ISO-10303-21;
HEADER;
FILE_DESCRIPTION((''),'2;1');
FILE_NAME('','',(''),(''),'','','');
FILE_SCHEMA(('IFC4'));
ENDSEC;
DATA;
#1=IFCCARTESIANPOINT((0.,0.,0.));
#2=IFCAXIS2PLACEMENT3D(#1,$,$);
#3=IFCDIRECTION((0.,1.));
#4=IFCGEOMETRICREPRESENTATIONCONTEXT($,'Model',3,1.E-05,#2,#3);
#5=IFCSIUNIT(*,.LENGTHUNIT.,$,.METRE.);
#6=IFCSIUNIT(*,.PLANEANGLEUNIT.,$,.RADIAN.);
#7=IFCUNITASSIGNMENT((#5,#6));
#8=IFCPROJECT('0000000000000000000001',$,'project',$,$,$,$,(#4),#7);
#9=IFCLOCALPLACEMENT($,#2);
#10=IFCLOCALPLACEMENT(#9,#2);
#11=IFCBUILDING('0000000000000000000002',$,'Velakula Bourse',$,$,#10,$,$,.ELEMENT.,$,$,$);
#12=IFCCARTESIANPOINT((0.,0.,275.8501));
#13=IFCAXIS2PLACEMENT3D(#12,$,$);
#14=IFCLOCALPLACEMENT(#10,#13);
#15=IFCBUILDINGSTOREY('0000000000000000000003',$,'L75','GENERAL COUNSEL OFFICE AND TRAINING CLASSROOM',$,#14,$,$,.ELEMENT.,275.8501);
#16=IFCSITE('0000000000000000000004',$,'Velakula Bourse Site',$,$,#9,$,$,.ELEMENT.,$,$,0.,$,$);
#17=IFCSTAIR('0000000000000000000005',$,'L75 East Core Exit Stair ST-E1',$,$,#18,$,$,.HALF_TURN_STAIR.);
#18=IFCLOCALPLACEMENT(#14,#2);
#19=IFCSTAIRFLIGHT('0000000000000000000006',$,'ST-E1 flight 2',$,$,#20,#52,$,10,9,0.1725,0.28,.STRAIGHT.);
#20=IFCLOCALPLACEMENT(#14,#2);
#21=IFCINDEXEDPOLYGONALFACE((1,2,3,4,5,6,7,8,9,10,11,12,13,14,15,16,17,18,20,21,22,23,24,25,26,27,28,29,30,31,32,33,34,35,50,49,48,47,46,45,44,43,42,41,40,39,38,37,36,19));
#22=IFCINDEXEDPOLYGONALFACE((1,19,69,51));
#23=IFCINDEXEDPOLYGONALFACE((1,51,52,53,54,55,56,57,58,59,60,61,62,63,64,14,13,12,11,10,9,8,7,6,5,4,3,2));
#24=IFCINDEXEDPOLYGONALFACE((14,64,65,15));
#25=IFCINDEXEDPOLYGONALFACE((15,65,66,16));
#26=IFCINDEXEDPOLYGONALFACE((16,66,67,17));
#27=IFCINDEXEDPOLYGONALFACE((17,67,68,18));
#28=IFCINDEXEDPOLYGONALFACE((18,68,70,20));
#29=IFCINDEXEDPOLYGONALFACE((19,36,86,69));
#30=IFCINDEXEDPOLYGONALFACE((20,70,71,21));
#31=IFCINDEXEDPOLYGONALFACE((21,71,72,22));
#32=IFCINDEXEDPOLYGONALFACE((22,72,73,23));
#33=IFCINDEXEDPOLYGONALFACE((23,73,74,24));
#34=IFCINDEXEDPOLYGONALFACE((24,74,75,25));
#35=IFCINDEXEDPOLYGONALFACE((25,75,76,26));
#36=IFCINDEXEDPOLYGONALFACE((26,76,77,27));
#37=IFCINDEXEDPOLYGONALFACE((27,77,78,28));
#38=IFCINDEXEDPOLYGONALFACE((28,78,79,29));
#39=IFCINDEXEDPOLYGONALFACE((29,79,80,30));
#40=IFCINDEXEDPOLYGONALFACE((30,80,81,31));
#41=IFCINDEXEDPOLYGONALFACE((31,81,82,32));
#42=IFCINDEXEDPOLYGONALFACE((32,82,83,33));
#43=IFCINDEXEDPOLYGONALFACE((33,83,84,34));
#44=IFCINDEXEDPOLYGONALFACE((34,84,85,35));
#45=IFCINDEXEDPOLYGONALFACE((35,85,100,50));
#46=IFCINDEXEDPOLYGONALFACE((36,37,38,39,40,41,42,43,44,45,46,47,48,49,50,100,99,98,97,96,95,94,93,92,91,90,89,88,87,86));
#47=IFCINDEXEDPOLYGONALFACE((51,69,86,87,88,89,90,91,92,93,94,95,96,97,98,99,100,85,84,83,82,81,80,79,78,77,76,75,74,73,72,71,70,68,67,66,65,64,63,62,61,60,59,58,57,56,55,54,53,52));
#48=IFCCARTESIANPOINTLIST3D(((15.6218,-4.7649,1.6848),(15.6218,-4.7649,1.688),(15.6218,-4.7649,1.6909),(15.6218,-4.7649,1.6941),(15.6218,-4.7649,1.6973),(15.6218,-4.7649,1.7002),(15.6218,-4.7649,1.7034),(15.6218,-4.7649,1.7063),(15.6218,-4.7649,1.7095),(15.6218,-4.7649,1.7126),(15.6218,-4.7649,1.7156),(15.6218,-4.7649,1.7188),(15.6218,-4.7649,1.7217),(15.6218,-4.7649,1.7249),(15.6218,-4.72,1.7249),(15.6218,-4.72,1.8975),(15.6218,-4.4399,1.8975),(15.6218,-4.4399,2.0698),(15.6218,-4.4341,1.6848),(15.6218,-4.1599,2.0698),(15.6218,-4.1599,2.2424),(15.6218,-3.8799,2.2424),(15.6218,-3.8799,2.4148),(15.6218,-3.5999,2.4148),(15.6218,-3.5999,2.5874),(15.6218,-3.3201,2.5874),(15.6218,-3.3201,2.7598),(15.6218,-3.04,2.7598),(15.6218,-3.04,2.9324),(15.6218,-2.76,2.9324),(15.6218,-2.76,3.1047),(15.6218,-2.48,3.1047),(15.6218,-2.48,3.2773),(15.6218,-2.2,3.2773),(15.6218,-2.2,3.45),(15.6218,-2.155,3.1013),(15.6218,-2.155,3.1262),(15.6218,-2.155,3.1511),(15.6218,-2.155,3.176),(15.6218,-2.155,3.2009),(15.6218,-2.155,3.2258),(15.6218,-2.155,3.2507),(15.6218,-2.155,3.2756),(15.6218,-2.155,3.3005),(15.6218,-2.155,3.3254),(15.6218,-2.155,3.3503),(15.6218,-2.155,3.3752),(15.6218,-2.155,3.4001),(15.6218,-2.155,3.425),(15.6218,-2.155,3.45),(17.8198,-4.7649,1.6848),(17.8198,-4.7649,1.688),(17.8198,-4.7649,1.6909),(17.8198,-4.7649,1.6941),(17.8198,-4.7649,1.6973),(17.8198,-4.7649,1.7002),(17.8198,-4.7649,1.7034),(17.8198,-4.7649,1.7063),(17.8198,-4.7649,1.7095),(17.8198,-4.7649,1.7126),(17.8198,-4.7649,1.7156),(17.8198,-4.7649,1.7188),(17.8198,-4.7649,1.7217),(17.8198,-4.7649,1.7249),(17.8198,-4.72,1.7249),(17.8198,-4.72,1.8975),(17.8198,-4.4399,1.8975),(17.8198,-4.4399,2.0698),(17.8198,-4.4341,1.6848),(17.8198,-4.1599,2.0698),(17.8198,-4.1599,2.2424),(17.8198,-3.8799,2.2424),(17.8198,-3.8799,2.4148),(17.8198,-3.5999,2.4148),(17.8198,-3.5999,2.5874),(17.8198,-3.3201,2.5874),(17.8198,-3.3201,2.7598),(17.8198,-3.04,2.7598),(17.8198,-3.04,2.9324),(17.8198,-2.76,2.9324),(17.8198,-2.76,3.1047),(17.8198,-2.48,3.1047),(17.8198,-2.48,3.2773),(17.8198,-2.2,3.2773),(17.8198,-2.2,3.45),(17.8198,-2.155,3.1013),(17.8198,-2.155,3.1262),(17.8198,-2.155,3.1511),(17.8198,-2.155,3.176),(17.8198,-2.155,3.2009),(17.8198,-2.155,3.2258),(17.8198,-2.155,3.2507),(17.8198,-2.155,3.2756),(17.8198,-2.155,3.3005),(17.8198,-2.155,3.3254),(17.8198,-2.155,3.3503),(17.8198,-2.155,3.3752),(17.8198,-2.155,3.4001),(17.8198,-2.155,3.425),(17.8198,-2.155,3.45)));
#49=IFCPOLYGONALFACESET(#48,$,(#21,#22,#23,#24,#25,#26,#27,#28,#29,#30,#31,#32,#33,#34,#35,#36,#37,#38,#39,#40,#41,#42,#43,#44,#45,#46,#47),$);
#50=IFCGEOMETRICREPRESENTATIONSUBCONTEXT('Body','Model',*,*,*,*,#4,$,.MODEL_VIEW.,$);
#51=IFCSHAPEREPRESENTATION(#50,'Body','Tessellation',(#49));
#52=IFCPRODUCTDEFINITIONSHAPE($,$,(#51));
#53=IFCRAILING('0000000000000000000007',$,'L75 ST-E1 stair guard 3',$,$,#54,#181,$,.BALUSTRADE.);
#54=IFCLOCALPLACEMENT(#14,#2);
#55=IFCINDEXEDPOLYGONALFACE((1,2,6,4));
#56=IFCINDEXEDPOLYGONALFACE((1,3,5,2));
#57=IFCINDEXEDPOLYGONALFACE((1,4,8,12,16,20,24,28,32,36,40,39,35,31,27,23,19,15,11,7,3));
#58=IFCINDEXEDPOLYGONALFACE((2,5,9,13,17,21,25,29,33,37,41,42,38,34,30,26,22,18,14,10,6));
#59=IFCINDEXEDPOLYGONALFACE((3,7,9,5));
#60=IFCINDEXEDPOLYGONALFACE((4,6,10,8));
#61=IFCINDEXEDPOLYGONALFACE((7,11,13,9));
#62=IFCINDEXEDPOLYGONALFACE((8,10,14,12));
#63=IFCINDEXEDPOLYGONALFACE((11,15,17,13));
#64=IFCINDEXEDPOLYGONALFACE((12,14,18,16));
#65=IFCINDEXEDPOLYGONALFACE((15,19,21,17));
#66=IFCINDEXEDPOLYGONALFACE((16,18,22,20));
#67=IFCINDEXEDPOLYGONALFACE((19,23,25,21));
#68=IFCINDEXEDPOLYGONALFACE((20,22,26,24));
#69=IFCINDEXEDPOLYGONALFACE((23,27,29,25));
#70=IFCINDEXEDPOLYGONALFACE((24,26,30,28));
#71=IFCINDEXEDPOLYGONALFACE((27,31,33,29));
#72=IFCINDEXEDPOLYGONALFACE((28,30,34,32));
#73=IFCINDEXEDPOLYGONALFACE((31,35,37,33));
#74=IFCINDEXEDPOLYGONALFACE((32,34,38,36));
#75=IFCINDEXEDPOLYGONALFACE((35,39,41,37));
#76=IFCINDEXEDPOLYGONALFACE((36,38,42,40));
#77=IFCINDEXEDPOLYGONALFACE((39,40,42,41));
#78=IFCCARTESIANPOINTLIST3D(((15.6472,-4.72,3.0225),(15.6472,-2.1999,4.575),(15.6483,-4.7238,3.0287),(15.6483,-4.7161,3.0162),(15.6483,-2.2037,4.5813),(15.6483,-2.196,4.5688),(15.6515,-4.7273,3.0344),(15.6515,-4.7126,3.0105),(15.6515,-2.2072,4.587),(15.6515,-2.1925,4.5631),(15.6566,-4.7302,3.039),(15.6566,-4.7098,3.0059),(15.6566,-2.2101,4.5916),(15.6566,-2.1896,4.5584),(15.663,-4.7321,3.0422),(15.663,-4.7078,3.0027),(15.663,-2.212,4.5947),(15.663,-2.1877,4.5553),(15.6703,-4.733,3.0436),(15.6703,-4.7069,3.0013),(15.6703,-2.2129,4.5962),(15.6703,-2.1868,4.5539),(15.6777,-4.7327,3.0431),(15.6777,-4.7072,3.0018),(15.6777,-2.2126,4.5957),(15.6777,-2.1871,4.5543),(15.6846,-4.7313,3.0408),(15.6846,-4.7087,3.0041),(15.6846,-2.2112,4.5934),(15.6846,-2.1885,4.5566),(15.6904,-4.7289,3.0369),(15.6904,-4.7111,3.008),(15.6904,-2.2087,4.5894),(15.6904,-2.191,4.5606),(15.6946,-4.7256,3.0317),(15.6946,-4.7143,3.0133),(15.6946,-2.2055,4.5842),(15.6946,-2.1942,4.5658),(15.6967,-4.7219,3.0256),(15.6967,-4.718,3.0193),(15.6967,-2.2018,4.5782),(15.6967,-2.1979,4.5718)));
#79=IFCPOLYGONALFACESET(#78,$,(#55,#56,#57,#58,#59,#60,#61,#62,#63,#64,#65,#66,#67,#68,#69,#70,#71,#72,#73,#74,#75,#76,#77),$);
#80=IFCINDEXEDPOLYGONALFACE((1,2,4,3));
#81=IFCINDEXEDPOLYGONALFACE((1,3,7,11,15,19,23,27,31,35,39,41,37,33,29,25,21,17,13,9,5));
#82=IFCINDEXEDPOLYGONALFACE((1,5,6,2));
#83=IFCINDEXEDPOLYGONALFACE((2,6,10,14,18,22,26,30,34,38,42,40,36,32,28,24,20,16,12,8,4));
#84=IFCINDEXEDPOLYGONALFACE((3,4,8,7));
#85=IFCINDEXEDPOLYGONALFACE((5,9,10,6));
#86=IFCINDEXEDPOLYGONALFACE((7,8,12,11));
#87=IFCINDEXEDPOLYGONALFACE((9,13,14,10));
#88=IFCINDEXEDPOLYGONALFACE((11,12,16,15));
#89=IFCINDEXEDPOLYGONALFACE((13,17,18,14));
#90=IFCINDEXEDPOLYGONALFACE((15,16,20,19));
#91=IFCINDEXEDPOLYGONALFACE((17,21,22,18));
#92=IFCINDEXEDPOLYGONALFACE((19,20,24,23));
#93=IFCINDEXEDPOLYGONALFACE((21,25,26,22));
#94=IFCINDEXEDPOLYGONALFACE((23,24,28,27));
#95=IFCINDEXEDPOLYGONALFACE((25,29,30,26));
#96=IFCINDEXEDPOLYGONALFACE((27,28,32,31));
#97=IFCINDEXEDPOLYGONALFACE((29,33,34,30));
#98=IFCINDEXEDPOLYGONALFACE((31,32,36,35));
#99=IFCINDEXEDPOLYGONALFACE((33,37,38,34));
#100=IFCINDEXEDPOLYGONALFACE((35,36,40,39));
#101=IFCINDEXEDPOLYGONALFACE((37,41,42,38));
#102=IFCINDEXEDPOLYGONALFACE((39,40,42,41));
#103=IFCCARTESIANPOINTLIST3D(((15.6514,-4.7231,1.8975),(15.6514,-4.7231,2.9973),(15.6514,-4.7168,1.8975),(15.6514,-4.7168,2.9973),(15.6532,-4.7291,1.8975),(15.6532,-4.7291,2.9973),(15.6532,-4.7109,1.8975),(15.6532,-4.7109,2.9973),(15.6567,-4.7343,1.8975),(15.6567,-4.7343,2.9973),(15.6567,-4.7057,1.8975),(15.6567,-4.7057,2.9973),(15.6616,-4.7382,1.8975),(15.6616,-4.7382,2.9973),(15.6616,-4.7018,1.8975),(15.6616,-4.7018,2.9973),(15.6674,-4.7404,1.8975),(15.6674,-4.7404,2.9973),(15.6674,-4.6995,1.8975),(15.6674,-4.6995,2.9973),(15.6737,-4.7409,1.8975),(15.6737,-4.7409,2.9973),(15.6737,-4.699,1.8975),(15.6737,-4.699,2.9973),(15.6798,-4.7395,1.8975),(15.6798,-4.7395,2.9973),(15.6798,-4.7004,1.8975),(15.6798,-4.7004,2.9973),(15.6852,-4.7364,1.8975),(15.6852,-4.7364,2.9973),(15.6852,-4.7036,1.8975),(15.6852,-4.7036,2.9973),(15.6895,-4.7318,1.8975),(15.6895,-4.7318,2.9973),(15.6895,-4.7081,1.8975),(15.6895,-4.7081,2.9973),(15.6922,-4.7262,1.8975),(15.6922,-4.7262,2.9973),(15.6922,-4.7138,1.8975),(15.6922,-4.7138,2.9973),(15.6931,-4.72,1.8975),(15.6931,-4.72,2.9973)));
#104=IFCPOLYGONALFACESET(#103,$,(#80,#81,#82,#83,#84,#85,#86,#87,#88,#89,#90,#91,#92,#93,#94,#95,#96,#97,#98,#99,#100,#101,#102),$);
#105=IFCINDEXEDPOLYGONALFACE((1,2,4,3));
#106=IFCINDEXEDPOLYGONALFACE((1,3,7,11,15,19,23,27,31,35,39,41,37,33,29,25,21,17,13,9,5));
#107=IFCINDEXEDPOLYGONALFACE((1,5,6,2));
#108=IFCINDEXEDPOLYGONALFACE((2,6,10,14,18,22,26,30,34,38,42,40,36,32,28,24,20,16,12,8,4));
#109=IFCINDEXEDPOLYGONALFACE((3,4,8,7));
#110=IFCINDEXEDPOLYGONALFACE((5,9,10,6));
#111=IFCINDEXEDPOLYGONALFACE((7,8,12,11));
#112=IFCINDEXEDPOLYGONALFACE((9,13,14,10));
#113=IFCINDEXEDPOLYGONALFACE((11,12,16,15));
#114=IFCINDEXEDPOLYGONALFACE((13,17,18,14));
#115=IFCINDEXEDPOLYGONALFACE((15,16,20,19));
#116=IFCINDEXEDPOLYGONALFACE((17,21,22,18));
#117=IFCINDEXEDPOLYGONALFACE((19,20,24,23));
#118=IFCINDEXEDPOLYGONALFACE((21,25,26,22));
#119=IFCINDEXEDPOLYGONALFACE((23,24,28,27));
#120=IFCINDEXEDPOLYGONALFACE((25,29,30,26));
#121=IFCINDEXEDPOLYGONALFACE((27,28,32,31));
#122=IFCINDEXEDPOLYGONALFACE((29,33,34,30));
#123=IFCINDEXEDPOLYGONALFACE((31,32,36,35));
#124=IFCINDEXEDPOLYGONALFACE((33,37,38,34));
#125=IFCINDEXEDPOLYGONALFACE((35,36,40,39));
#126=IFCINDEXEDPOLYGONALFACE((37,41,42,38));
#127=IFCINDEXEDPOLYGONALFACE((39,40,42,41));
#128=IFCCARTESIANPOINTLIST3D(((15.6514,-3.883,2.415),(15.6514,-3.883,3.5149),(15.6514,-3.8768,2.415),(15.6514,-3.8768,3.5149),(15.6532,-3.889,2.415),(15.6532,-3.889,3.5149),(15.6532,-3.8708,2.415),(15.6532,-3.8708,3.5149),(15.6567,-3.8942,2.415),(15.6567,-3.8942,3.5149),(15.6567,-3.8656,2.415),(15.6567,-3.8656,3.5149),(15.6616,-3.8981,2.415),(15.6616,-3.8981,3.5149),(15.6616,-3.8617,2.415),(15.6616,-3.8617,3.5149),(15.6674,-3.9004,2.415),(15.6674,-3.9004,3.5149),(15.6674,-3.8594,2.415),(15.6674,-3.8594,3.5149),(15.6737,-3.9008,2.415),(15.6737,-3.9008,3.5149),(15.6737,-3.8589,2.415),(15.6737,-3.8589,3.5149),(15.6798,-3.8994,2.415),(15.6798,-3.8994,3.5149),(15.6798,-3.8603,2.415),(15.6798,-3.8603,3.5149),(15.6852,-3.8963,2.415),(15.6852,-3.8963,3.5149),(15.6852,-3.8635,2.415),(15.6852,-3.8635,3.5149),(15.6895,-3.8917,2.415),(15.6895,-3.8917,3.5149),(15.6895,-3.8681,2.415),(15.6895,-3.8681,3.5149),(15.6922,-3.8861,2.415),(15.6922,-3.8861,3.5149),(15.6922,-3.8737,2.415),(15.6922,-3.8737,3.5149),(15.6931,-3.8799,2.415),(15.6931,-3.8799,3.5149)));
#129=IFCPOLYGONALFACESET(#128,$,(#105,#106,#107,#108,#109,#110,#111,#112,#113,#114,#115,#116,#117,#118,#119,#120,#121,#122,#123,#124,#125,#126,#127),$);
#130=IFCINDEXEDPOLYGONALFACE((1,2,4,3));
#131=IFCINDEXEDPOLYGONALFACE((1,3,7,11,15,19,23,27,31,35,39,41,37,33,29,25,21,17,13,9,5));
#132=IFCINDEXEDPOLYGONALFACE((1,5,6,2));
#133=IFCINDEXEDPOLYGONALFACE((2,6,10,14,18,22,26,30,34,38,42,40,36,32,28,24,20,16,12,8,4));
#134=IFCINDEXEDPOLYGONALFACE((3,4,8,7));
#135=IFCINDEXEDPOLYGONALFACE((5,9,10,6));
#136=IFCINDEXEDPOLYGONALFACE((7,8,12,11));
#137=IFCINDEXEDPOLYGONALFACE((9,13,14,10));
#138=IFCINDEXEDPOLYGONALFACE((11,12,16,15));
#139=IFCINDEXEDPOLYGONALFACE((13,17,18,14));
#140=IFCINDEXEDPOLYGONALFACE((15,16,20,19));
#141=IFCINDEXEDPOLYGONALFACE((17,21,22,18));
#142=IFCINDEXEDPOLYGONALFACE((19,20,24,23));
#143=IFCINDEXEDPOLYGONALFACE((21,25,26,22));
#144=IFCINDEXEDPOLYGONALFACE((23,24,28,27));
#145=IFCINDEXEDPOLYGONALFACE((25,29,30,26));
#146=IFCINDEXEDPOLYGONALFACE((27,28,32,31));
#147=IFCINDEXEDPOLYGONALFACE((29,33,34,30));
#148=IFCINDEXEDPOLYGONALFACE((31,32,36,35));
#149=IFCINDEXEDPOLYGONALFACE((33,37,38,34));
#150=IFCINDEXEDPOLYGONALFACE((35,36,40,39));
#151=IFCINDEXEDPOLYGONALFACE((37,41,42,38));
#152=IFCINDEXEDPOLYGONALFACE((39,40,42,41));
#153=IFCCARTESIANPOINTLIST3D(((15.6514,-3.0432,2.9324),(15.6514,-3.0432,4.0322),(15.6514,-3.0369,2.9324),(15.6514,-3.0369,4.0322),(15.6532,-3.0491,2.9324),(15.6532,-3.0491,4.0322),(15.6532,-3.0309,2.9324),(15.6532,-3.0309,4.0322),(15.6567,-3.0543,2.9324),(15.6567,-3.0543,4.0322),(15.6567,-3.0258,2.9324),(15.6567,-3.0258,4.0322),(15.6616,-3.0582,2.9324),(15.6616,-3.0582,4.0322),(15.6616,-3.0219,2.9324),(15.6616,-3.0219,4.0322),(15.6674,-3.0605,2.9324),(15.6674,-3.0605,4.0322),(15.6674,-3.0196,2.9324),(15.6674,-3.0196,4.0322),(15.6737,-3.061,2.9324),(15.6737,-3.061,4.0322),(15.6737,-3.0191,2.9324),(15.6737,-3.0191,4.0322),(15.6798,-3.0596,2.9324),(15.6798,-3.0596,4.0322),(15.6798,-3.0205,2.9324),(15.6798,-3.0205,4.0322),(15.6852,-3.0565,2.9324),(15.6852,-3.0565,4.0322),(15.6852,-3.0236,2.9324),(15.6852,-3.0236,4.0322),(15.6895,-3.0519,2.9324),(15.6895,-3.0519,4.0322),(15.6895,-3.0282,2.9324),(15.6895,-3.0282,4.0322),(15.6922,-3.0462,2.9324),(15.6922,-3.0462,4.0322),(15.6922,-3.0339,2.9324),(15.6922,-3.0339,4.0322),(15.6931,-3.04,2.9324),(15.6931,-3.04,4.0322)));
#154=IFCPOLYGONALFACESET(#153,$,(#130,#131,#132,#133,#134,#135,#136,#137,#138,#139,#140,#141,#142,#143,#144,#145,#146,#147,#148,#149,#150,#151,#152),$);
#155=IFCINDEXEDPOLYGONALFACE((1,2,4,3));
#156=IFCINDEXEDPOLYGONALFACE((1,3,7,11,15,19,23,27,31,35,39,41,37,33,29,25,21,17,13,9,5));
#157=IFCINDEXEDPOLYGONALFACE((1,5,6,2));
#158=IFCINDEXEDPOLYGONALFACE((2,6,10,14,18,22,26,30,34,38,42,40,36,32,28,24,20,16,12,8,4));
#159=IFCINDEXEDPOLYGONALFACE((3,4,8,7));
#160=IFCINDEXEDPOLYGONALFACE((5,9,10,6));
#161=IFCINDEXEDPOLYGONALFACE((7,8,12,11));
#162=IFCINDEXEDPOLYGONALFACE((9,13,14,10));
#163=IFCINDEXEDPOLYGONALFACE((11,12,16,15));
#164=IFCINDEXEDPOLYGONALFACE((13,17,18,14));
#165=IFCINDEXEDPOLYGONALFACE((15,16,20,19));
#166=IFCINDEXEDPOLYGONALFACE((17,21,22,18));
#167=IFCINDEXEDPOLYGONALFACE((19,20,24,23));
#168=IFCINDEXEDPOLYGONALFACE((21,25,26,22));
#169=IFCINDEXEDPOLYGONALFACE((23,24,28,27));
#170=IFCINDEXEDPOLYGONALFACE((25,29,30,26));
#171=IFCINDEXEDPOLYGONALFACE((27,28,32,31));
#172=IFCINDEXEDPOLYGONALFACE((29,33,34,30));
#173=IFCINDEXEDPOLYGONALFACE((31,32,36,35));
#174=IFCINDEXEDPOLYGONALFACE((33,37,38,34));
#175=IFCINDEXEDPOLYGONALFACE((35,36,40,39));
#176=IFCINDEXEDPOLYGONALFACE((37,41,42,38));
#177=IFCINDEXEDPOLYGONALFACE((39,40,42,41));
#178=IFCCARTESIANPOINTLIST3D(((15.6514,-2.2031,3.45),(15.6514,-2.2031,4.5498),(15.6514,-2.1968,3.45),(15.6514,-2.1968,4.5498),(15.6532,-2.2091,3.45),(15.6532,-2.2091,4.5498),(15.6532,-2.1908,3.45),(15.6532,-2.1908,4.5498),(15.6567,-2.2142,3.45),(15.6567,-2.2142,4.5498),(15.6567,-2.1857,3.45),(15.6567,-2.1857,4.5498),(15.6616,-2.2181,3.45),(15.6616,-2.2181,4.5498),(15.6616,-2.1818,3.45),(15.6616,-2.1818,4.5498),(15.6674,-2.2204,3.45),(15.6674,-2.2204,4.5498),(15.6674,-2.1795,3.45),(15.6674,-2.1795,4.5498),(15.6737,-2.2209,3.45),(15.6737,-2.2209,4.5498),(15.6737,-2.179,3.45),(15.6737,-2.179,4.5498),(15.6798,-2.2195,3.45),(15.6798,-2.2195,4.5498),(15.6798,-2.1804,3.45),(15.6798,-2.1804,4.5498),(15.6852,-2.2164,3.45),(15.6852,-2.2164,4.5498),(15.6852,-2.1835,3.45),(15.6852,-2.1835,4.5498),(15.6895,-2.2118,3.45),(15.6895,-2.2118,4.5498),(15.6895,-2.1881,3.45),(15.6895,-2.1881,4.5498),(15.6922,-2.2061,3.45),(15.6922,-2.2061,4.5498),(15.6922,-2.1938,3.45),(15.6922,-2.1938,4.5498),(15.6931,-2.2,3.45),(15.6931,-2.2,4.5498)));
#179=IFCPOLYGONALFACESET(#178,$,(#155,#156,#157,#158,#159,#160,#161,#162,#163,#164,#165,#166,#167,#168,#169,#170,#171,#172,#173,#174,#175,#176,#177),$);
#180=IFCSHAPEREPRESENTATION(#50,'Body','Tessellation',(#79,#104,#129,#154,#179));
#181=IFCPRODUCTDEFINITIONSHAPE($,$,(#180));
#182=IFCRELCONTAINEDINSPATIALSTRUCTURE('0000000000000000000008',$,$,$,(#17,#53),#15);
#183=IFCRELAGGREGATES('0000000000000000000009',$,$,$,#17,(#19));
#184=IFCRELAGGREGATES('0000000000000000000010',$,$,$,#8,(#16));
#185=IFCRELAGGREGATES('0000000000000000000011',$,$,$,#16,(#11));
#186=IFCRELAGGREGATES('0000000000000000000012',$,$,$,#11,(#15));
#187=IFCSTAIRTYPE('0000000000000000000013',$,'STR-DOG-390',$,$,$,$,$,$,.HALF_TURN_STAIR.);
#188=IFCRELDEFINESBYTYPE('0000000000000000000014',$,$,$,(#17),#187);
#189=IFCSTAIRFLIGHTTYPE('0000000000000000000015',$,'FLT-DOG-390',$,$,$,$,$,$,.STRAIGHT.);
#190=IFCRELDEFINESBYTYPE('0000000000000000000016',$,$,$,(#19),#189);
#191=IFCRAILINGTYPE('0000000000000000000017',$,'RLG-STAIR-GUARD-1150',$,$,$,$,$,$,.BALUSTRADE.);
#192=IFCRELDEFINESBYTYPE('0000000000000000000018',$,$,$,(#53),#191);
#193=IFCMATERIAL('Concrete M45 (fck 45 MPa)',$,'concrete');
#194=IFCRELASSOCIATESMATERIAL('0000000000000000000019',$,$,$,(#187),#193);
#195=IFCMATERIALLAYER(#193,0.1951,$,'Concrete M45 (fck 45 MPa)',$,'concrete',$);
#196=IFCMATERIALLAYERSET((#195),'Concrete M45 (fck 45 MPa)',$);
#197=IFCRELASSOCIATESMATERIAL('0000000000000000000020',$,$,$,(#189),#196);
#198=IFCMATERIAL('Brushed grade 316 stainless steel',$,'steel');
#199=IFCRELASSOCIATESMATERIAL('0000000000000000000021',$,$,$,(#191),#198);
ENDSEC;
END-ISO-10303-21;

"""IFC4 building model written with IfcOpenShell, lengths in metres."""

from ifc_helpers import new_model, si_unit, direction, frame, origin, origin_2d, place, context, subcontext, project, spatial, polyline, circle, outline, extrude, material, layer, layer_set, type_object, element, aggregate, save


model = new_model("IFC4")

# Units and contexts
model_context = context("Model", 3, precision=1e-05, world=origin(), true_north=direction((0.0, 1.0)))
body_context = subcontext(model_context, "Body", "Model", "MODEL_VIEW")
ifc_project = project(units=[si_unit("LENGTHUNIT", "METRE"), si_unit("PLANEANGLEUNIT", "RADIAN")], contexts=[model_context])

# Site, building, storey
site_placement = place(None, origin())
site = spatial("IfcSite", under=ifc_project, at=site_placement, Name="Velakula Bourse Site", CompositionType="ELEMENT", RefElevation=0.0)
building_placement = place(site_placement, origin())
building = spatial("IfcBuilding", under=site, at=building_placement, Name="Velakula Bourse", CompositionType="ELEMENT")
storey_placement = place(building_placement, frame((0.0, 0.0, 275.8501)))
storey = spatial("IfcBuildingStorey", under=building, at=storey_placement, Name="L75", Description="GENERAL COUNSEL OFFICE AND TRAINING CLASSROOM", CompositionType="ELEMENT", Elevation=275.8501)

# Stair, stair flight
ifc_material_1 = material(Name="Concrete M45 (fck 45 MPa)", Category="concrete")
stair_type = type_object("IfcStairType", Name="STR-DOG-390", PredefinedType="HALF_TURN_STAIR", material=ifc_material_1)
stair_placement = place(storey_placement, origin())
stair = element("IfcStair", 1, at=stair_placement, inside=storey, type_object=stair_type, Name="L75 East Core Exit Stair ST-E1", PredefinedType="HALF_TURN_STAIR")
ifc_layer_1 = layer(ifc_material_1, 0.1951, Name="Concrete M45 (fck 45 MPa)", Category="concrete")
ifc_layer_set_1 = layer_set([ifc_layer_1], Name="Concrete M45 (fck 45 MPa)")
stair_flight_type = type_object("IfcStairFlightType", Name="FLT-DOG-390", PredefinedType="STRAIGHT", material=ifc_layer_set_1)
stair_flight_placement = place(storey_placement, frame((16.7209, -4.72, 1.7249), z_axis=(0.0, 0.0, 1.0), x_axis=(0.0, 1.0, 0.0)))
stair_flight = element("IfcStairFlight", 2, at=stair_flight_placement, type_object=stair_flight_type, Name="ST-E1 flight 2", NumberOfRisers=10, NumberOfTreads=9, PredefinedType="STRAIGHT", RiserHeight=0.1725, TreadLength=0.28, context=body_context, shape_type="SweptSolid", body=[
    extrude(outline(polyline([(-0.0449, -0.04), (-0.0449, -0.0369), (-0.0449, -0.0339), (-0.0449, -0.0308), (-0.0449, -0.0276), (-0.0449, -0.0247), (-0.0449, -0.0215), (-0.0449, -0.0186), (-0.0449, -0.0154), (-0.0449, -0.0122), (-0.0449, -0.0093), (-0.0449, -0.0061), (-0.0449, -0.0032), (-0.0449, 0.0), (0.0, 0.0), (0.0, 0.1726), (0.28, 0.1726), (0.28, 0.345), (0.5601, 0.345), (0.5601, 0.5176), (0.8401, 0.5176), (0.8401, 0.6899), (1.1201, 0.6899), (1.1201, 0.8625), (1.3999, 0.8625), (1.3999, 1.0349), (1.6799, 1.0349), (1.6799, 1.2075), (1.96, 1.2075), (1.96, 1.3799), (2.24, 1.3799), (2.24, 1.5525), (2.52, 1.5525), (2.52, 1.7251), (2.5649, 1.7251), (2.5649, 1.7002), (2.5649, 1.6753), (2.5649, 1.6504), (2.5649, 1.6255), (2.5649, 1.6006), (2.5649, 1.5757), (2.5649, 1.5508), (2.5649, 1.5259), (2.5649, 1.501), (2.5649, 1.4761), (2.5649, 1.4512), (2.5649, 1.4263), (2.5649, 1.4014), (2.5649, 1.3765), (0.2859, -0.04), (-0.0449, -0.04)])), frame((0.0, 1.0991, 0.0), z_axis=(0.0, -1.0, 0.0), x_axis=(1.0, 0.0, 0.0)), (0.0, 0.0, 1.0), 2.198),
])
aggregate(stair, [stair_flight])

# Railing
ifc_material_2 = material(Name="Brushed grade 316 stainless steel", Category="steel")
railing_type_1 = type_object("IfcRailingType", Name="RLG-STAIR-GUARD-1150", PredefinedType="BALUSTRADE", material=ifc_material_2)
railing_1_placement = place(storey_placement, frame((15.6721, -4.72, 1.8975)))
element("IfcRailing", 3, at=railing_1_placement, inside=storey, type_object=railing_type_1, Name="L75 ST-E1 stair guard 3", PredefinedType="BALUSTRADE", context=body_context, shape_type="SweptSolid", body=[
    extrude(circle(Radius=0.0249, at=origin_2d()), frame((0.0, 0.0, 1.125), z_axis=(0.0, 0.8514, 0.524516), x_axis=(-1.0, 0.0, 0.0)), (0.0, 0.0, 1.0), 2.96),
    extrude(circle(Radius=0.021, at=origin_2d()), origin(), (0.0, 0.0, 1.0), 1.0999),
    extrude(circle(Radius=0.021, at=origin_2d()), frame((0.0, 0.8401, 0.5176)), (0.0, 0.0, 1.0), 1.0999),
    extrude(circle(Radius=0.021, at=origin_2d()), frame((0.0, 1.6799, 1.0349)), (0.0, 0.0, 1.0), 1.0999),
    extrude(circle(Radius=0.021, at=origin_2d()), frame((0.0, 2.52, 1.5525)), (0.0, 0.0, 1.0), 1.0999),
])

save(model, "model.ifc")
